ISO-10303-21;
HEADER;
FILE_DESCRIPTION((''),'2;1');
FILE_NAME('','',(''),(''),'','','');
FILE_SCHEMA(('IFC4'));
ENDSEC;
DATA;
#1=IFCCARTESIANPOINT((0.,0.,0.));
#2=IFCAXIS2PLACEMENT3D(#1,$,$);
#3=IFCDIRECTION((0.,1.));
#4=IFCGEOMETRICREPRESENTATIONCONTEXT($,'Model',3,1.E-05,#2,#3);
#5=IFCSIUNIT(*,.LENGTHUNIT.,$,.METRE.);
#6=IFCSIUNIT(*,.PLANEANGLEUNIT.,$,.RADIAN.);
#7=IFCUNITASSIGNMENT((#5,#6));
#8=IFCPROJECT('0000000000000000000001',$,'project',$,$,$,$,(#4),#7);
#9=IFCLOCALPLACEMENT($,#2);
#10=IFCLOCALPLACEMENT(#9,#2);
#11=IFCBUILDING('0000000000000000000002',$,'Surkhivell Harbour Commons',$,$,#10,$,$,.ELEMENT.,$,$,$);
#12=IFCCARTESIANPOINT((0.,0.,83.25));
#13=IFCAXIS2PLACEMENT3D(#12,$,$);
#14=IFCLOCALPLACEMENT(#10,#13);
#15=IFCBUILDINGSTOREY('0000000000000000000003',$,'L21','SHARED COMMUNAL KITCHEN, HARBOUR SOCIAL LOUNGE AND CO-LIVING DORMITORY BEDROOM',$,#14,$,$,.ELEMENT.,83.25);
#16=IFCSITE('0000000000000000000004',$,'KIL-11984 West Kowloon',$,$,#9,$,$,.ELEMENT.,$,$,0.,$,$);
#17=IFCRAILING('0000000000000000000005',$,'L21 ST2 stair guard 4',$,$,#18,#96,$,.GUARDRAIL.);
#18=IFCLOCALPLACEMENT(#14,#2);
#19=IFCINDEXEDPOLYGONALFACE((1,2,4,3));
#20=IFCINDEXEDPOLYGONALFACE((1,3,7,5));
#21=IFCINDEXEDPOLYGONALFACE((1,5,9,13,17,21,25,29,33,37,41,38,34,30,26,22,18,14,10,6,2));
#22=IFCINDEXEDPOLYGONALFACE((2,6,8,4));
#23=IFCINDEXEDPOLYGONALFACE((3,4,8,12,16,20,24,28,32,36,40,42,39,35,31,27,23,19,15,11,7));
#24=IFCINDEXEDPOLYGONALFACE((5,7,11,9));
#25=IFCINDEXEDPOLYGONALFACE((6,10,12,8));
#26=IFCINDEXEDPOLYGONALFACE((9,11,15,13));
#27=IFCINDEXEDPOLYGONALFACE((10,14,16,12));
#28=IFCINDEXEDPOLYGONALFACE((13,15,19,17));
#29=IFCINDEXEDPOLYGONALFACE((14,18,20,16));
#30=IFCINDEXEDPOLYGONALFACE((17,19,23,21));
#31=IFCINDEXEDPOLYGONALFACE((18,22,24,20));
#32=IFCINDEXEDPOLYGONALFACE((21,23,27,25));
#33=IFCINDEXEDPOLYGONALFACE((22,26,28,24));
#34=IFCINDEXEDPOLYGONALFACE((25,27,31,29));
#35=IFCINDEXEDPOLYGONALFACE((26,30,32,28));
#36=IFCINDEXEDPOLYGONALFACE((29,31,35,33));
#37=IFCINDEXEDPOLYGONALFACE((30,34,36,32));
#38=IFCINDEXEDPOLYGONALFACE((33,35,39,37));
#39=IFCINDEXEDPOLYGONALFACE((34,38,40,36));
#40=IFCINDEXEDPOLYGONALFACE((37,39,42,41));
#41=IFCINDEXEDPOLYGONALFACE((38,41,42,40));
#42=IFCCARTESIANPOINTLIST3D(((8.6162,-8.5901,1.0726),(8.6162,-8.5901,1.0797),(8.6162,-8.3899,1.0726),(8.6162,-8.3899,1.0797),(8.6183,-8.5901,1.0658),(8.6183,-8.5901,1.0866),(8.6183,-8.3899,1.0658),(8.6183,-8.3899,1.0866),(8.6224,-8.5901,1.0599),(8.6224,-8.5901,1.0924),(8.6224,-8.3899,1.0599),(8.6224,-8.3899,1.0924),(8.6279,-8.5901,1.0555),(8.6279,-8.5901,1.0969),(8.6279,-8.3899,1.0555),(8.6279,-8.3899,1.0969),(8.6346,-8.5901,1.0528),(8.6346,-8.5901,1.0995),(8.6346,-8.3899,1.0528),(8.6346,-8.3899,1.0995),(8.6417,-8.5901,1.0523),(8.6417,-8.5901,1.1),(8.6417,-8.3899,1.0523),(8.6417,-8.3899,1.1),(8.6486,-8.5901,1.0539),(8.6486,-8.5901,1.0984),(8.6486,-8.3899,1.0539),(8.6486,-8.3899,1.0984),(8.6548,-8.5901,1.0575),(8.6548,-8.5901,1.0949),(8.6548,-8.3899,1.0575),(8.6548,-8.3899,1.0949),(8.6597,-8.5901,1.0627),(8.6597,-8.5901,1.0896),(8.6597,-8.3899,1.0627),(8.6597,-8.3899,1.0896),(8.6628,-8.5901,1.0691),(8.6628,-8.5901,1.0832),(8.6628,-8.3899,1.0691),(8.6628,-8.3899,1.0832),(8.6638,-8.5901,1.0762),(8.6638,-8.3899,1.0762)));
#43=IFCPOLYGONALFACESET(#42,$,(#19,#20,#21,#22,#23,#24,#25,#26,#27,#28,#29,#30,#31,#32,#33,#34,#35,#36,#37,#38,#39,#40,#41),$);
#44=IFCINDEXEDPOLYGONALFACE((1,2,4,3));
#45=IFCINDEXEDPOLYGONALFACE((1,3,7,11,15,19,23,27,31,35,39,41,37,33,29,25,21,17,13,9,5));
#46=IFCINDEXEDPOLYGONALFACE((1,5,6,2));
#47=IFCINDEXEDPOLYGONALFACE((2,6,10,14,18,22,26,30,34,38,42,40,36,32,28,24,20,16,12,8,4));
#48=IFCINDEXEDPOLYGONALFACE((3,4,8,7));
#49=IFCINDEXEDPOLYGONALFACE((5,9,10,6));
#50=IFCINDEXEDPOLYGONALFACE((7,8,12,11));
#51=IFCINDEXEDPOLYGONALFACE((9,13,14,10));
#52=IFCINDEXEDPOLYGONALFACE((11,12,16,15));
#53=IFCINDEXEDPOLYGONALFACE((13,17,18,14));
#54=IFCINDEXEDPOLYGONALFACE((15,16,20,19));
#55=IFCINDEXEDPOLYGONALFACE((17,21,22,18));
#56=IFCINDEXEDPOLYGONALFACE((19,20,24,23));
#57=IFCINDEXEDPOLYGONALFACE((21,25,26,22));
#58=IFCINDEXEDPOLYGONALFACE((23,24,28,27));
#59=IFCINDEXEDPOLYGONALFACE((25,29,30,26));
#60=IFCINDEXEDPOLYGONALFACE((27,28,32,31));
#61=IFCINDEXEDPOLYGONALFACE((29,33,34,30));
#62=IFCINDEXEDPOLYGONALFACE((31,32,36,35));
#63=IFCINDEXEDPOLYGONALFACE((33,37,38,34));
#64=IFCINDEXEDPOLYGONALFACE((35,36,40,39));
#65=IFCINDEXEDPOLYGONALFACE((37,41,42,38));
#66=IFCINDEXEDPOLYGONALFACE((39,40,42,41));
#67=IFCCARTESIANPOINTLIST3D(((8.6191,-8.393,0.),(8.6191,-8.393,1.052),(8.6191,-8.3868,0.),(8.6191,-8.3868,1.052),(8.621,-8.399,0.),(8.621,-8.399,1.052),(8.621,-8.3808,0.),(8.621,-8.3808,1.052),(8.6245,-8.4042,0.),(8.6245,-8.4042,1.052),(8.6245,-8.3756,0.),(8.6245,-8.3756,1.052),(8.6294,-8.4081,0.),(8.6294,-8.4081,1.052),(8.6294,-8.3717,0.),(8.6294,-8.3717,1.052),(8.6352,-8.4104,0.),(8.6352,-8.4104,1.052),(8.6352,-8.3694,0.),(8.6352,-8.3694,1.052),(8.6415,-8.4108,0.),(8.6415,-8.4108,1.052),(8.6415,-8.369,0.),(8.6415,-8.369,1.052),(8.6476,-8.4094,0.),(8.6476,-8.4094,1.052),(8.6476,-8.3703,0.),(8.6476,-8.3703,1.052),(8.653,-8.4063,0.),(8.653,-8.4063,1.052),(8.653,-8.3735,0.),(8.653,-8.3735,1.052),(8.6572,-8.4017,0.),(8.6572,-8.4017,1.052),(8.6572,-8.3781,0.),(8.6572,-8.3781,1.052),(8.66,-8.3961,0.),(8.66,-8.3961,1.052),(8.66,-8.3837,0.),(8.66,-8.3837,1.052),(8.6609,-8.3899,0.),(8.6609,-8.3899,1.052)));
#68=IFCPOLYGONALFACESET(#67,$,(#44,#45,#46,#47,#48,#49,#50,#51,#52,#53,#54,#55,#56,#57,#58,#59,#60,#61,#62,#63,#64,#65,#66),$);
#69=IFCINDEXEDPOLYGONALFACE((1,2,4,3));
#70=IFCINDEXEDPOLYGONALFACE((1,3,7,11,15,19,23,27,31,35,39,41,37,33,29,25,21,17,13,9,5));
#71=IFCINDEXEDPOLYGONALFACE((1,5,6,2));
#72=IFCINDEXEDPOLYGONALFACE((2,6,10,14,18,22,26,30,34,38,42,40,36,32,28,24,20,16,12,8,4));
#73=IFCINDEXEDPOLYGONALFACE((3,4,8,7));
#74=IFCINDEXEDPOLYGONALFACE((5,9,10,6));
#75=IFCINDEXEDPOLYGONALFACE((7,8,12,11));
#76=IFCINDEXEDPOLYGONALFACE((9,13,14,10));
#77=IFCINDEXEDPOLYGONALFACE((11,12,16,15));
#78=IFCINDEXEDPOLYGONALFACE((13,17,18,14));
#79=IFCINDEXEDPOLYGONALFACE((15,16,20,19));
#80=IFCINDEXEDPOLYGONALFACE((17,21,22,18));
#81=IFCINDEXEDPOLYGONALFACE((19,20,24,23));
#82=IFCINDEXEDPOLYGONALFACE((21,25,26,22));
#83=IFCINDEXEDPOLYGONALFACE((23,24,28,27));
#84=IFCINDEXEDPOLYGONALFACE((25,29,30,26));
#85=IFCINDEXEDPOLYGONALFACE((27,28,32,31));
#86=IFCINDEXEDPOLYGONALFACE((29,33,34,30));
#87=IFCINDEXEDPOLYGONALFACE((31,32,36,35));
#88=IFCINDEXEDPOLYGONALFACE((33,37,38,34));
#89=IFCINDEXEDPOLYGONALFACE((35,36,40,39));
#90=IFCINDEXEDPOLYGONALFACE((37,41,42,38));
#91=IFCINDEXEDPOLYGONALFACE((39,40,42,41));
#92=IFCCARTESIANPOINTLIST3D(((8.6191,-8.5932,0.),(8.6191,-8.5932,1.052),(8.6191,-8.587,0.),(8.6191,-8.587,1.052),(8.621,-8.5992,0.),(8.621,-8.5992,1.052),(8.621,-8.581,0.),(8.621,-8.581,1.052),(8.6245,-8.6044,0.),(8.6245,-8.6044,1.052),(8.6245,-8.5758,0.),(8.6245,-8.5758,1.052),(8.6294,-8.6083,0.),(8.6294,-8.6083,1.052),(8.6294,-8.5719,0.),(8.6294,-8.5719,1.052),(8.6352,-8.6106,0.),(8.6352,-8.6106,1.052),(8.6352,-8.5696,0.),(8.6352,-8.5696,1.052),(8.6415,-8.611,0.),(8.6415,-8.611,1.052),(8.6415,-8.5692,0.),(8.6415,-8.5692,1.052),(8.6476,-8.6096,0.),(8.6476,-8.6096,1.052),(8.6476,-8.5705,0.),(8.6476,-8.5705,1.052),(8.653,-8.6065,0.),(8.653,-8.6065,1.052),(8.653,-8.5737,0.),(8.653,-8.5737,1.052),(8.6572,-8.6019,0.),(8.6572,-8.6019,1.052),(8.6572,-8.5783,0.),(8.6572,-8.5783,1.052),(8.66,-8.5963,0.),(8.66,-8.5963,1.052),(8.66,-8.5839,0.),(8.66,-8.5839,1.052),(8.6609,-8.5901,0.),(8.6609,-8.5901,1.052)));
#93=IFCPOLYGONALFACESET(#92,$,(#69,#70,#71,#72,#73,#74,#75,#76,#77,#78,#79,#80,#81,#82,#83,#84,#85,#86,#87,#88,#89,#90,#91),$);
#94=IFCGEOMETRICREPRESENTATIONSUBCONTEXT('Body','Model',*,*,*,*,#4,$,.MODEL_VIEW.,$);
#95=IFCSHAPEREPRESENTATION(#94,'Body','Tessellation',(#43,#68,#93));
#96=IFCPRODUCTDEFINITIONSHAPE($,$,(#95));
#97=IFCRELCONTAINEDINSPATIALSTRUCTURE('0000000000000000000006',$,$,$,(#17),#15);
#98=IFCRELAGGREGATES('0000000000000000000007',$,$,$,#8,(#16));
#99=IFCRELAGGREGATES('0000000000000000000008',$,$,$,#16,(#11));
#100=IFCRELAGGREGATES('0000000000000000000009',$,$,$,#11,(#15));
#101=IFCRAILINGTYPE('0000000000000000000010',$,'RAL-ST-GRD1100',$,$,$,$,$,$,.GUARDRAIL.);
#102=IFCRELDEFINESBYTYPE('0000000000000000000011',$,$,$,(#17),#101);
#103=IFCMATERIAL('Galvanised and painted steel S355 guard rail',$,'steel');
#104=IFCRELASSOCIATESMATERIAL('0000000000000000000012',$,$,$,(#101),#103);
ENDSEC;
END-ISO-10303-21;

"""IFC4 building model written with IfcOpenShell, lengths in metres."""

from ifc_helpers import new_model, si_unit, direction, frame, origin, origin_2d, place, context, subcontext, project, spatial, circle, extrude, material, type_object, element, save


model = new_model("IFC4")

# Units and contexts
model_context = context("Model", 3, precision=1e-05, world=origin(), true_north=direction((0.0, 1.0)))
body_context = subcontext(model_context, "Body", "Model", "MODEL_VIEW")
ifc_project = project(units=[si_unit("LENGTHUNIT", "METRE"), si_unit("PLANEANGLEUNIT", "RADIAN")], contexts=[model_context])

# Site, building, storey
site_placement = place(None, origin())
site = spatial("IfcSite", under=ifc_project, at=site_placement, Name="KIL-11984 West Kowloon", CompositionType="ELEMENT", RefElevation=0.0)
building_placement = place(site_placement, origin())
building = spatial("IfcBuilding", under=site, at=building_placement, Name="Surkhivell Harbour Commons", CompositionType="ELEMENT")
storey_placement = place(building_placement, frame((0.0, 0.0, 83.25)))
storey = spatial("IfcBuildingStorey", under=building, at=storey_placement, Name="L21", Description="SHARED COMMUNAL KITCHEN, HARBOUR SOCIAL LOUNGE AND CO-LIVING DORMITORY BEDROOM", CompositionType="ELEMENT", Elevation=83.25)

# Railing
ifc_material_1 = material(Name="Galvanised and painted steel S355 guard rail", Category="steel")
railing_type_1 = type_object("IfcRailingType", Name="RAL-ST-GRD1100", PredefinedType="GUARDRAIL", material=ifc_material_1)
railing_1_placement = place(storey_placement, frame((8.6399, -8.3899, 0.0)))
element("IfcRailing", 1, at=railing_1_placement, inside=storey, type_object=railing_type_1, Name="L21 ST2 stair guard 4", PredefinedType="GUARDRAIL", context=body_context, shape_type="SweptSolid", body=[
    extrude(circle(Radius=0.0239, at=origin_2d()), frame((0.0, 0.0, 1.0762), z_axis=(0.0, -1.0, 0.0), x_axis=(1.0, 0.0, 0.0)), (0.0, 0.0, 1.0), 0.2002),
    extrude(circle(Radius=0.021, at=origin_2d()), origin(), (0.0, 0.0, 1.0), 1.052),
    extrude(circle(Radius=0.021, at=origin_2d()), frame((0.0, -0.2002, 0.0)), (0.0, 0.0, 1.0), 1.052),
])

save(model, "model.ifc")
